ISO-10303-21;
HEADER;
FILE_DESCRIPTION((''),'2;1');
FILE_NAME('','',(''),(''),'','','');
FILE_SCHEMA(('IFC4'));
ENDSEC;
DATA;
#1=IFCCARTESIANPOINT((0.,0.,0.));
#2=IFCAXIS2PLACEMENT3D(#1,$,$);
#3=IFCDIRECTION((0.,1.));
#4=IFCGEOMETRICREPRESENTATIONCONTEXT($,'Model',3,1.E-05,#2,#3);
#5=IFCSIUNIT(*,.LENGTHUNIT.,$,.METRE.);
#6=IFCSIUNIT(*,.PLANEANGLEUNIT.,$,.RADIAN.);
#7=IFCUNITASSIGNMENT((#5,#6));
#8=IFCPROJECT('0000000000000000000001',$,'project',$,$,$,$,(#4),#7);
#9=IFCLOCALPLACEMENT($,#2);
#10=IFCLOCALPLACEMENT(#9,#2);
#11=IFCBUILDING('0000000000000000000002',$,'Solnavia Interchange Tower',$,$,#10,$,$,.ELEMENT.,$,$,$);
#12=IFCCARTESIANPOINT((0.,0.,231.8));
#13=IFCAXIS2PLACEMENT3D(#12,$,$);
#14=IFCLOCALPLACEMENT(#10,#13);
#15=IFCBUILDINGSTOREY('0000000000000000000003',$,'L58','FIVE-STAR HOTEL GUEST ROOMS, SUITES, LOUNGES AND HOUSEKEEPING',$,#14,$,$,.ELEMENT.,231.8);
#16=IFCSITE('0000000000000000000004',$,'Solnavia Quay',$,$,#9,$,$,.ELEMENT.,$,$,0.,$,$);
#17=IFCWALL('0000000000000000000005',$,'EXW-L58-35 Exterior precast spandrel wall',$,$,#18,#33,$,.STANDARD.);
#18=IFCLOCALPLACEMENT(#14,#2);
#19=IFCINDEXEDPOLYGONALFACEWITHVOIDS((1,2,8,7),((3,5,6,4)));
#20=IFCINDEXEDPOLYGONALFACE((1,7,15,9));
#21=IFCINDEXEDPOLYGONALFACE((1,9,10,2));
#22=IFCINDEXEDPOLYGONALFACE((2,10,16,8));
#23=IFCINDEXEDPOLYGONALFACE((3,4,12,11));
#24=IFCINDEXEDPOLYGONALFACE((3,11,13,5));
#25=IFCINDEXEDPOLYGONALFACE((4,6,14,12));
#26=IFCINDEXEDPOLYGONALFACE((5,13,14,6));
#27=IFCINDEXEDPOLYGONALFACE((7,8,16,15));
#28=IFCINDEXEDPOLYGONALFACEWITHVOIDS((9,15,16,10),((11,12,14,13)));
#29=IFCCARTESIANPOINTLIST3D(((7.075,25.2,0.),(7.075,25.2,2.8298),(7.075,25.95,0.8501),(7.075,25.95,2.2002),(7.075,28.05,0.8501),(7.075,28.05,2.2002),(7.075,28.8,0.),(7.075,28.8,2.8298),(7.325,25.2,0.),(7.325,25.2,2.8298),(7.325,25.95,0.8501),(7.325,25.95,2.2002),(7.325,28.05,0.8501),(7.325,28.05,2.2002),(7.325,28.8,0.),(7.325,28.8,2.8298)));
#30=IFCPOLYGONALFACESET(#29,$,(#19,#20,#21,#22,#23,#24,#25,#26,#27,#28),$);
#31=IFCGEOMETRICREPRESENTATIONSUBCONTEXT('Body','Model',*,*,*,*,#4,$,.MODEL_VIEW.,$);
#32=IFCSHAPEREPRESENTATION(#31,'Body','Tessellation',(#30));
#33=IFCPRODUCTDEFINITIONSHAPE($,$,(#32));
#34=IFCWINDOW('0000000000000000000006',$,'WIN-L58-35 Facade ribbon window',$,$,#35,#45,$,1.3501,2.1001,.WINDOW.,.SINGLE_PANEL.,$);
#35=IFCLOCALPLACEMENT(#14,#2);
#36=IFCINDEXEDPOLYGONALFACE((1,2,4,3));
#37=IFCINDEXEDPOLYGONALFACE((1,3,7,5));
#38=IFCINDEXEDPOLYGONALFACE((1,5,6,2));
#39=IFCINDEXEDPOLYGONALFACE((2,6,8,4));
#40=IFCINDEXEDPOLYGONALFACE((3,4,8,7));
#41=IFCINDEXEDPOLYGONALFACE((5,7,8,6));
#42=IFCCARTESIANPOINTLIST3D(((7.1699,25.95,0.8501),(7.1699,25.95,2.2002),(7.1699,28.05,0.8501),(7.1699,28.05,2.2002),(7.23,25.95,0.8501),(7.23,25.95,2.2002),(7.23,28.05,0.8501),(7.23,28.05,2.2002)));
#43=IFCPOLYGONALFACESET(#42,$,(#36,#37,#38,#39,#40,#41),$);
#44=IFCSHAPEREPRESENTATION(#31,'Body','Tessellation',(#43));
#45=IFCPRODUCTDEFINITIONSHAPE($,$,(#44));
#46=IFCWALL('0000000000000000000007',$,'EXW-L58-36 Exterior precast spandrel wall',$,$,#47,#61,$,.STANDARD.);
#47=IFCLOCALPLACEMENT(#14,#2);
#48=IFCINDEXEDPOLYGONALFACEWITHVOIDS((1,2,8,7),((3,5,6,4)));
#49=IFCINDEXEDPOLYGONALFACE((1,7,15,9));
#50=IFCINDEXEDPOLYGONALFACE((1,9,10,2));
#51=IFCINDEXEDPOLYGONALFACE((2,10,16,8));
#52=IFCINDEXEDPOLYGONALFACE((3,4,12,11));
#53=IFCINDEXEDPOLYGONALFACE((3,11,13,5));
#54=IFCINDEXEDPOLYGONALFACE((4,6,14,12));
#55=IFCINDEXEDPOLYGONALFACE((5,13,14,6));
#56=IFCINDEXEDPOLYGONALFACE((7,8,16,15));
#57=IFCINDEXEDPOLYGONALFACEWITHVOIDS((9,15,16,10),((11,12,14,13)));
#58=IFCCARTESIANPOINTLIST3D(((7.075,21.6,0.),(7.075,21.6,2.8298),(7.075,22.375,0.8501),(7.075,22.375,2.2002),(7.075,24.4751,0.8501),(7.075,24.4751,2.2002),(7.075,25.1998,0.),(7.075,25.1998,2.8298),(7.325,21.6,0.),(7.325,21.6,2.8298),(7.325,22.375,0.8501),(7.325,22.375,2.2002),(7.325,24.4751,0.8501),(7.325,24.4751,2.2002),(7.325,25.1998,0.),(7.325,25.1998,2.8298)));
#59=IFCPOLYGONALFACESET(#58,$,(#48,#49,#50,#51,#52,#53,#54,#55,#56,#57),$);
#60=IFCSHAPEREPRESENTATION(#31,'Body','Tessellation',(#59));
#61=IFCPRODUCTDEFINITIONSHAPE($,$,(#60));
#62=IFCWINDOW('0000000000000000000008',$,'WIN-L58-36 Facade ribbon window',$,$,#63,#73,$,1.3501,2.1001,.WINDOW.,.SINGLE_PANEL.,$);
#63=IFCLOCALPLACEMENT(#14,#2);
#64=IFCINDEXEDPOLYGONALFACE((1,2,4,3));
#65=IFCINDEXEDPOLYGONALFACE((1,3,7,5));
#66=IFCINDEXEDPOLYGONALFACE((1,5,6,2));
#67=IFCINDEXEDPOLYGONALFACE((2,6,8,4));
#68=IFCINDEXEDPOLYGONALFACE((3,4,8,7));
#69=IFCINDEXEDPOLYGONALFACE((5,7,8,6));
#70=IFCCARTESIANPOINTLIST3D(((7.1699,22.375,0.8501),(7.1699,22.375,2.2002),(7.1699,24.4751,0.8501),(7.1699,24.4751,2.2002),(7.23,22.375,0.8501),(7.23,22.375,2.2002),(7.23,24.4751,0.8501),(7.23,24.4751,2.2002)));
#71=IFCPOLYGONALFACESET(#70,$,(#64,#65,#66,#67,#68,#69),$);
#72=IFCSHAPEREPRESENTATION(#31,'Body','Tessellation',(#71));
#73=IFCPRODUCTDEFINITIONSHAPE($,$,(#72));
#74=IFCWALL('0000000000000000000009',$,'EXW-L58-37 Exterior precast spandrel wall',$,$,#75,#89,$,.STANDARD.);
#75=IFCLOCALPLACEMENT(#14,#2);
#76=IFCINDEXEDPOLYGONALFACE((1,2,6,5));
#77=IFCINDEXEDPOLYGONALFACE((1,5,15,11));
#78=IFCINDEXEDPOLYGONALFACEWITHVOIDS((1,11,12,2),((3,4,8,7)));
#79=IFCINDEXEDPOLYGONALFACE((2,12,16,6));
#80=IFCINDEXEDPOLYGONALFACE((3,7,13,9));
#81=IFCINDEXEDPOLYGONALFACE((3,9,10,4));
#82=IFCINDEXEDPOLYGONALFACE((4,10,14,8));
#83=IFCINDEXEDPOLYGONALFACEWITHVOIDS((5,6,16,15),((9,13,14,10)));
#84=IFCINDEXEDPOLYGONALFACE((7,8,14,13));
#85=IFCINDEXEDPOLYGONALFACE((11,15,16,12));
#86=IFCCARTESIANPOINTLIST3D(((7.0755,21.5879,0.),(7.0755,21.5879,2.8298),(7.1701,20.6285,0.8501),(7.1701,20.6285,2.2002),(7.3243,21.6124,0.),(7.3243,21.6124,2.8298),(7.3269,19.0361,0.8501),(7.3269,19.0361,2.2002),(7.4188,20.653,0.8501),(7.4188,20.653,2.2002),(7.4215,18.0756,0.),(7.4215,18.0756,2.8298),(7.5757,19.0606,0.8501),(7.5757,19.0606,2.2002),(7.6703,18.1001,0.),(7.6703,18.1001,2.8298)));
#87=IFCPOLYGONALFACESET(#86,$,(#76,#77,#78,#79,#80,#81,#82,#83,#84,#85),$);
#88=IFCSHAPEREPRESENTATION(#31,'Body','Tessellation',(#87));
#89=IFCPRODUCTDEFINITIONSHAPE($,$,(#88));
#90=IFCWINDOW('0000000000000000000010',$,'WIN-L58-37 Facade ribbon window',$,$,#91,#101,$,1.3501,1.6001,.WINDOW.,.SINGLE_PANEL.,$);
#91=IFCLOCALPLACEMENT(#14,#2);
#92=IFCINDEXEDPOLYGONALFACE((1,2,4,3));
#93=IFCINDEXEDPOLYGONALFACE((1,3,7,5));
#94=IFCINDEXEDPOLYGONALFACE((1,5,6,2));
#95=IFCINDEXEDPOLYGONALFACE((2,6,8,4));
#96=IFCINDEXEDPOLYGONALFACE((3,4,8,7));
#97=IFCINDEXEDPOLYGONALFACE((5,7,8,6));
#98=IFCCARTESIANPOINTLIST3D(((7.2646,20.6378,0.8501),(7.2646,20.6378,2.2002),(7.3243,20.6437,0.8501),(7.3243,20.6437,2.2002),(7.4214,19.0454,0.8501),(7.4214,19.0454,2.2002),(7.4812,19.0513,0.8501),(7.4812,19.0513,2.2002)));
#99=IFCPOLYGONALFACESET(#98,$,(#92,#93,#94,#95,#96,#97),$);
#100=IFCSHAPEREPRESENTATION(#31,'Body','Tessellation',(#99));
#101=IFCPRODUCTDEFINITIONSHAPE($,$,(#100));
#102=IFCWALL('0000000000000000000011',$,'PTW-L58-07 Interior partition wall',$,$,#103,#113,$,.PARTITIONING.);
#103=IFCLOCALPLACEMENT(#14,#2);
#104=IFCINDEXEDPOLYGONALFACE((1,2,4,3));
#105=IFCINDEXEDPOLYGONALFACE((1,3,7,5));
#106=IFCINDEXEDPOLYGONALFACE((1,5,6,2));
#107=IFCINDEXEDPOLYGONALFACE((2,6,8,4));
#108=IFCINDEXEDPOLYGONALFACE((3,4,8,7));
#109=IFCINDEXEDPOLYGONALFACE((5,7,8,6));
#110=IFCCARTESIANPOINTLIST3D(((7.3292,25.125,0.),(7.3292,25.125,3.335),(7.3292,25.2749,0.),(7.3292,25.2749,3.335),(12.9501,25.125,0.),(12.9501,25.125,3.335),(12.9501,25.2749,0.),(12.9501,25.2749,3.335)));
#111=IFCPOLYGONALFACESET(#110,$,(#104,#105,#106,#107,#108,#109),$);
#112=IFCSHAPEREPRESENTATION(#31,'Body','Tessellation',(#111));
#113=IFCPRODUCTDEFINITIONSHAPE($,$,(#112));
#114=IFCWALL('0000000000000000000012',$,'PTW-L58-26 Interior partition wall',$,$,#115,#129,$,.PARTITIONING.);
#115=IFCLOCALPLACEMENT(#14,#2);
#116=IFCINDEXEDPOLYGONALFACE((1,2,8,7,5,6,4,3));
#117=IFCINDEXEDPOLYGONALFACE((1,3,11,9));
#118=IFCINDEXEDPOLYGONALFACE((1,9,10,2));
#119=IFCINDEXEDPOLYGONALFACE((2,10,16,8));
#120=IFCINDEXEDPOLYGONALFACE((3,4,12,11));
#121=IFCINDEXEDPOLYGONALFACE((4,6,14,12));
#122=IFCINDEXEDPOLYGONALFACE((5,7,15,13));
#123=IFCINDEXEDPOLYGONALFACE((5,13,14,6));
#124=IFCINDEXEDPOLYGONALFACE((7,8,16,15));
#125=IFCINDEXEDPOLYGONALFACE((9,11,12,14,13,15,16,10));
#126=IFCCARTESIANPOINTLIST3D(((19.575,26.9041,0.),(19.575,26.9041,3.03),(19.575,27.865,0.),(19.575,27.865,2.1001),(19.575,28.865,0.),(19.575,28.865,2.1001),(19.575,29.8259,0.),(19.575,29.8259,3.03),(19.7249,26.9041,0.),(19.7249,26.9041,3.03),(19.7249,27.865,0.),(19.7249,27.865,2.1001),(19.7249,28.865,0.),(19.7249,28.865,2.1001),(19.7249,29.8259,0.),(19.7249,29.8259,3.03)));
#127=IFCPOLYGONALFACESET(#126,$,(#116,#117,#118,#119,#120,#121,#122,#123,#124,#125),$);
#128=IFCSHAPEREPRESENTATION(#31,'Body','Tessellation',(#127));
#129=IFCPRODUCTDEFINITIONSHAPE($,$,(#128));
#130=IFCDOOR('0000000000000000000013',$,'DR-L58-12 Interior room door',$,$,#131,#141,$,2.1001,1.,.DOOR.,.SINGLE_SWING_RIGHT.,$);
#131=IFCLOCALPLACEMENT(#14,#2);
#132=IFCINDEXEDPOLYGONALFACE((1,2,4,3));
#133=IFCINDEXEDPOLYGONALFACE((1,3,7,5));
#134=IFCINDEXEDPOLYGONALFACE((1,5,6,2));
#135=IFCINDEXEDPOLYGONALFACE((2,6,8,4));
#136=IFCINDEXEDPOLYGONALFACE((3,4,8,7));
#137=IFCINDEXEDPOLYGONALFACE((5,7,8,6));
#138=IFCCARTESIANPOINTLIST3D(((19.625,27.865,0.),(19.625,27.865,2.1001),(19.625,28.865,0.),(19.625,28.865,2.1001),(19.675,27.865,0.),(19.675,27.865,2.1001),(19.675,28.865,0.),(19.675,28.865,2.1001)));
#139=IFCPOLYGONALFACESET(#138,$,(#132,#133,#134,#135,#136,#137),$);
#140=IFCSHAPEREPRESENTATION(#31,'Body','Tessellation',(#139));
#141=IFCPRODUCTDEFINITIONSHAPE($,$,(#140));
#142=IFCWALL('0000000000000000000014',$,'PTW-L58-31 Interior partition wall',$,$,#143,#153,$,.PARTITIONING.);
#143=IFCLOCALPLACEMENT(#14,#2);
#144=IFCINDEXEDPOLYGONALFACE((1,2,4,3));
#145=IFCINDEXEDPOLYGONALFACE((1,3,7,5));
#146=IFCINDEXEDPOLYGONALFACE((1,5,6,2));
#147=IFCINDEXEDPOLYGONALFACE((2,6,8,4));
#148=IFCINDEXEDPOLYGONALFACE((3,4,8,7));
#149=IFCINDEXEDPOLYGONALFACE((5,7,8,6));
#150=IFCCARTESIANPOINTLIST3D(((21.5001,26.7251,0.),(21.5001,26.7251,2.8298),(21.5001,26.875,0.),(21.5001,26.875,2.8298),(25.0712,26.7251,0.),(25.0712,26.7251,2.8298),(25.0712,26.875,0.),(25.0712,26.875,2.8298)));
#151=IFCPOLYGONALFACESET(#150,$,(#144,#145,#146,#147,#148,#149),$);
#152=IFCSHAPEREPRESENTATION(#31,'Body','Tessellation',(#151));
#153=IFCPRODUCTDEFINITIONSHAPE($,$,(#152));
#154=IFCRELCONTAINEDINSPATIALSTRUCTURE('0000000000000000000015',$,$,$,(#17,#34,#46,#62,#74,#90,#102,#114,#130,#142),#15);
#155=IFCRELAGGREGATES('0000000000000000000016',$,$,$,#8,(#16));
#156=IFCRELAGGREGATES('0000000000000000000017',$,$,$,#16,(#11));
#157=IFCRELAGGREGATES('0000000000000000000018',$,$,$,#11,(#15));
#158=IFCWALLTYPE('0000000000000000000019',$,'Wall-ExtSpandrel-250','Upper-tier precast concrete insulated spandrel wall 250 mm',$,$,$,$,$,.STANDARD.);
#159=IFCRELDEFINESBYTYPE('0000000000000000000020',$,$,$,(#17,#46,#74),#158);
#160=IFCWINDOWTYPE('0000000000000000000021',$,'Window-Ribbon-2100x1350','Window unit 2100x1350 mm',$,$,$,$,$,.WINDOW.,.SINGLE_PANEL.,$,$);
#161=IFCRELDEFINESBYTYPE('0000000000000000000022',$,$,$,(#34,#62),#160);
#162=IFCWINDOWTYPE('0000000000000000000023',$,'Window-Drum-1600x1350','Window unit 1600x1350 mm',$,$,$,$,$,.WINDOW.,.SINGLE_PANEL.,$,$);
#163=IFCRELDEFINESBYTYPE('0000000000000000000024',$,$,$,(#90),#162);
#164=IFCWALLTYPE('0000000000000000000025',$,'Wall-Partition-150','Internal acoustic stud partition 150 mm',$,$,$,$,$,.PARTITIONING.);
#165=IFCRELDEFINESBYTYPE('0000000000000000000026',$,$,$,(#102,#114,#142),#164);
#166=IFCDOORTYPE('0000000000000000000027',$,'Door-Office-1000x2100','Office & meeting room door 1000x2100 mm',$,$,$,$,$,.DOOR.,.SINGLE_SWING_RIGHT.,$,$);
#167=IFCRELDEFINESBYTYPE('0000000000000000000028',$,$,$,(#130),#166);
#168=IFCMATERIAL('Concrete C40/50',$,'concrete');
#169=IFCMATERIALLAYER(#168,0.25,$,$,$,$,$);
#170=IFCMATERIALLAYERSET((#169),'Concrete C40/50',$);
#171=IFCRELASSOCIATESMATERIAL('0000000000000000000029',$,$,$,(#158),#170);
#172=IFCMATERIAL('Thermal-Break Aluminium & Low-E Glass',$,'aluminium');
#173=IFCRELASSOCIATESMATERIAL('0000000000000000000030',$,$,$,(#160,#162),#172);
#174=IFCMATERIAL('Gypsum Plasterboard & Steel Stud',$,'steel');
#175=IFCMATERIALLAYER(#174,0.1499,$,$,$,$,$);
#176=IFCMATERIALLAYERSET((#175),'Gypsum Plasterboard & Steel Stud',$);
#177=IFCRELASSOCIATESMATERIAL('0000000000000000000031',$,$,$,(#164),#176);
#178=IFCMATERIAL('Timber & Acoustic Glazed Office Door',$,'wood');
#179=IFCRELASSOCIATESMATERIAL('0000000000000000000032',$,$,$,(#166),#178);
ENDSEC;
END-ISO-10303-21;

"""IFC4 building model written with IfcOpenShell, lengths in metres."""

from ifc_helpers import new_model, si_unit, direction, frame, frame_2d, origin, place, context, subcontext, project, spatial, rectangle, extrude, material, layer, layer_set, type_object, element, fill, save


model = new_model("IFC4")

# Units and contexts
model_context = context("Model", 3, precision=1e-05, world=origin(), true_north=direction((0.0, 1.0)))
body_context = subcontext(model_context, "Body", "Model", "MODEL_VIEW")
ifc_project = project(units=[si_unit("LENGTHUNIT", "METRE"), si_unit("PLANEANGLEUNIT", "RADIAN")], contexts=[model_context])

# Site, building, storey
site_placement = place(None, origin())
site = spatial("IfcSite", under=ifc_project, at=site_placement, Name="Solnavia Quay", CompositionType="ELEMENT", RefElevation=0.0)
building_placement = place(site_placement, origin())
building = spatial("IfcBuilding", under=site, at=building_placement, Name="Solnavia Interchange Tower", CompositionType="ELEMENT")
storey_placement = place(building_placement, frame((0.0, 0.0, 231.8)))
storey = spatial("IfcBuildingStorey", under=building, at=storey_placement, Name="L58", Description="FIVE-STAR HOTEL GUEST ROOMS, SUITES, LOUNGES AND HOUSEKEEPING", CompositionType="ELEMENT", Elevation=231.8)

# Walls, openings, windows
ifc_material_1 = material(Name="Concrete C40/50", Category="concrete")
ifc_layer_1 = layer(ifc_material_1, 0.25)
ifc_layer_set_1 = layer_set([ifc_layer_1], Name="Concrete C40/50")
wall_type_1 = type_object("IfcWallType", Name="Wall-ExtSpandrel-250", Description="Upper-tier precast concrete insulated spandrel wall 250 mm", PredefinedType="STANDARD", material=ifc_layer_set_1)
wall_1_placement = place(storey_placement, frame((7.2, 25.2, 0.0), z_axis=(0.0, 0.0, 1.0), x_axis=(0.0, 1.0, 0.0)))
wall_1 = element("IfcWall", 1, at=wall_1_placement, inside=storey, type_object=wall_type_1, Name="EXW-L58-35 Exterior precast spandrel wall", PredefinedType="STANDARD", context=body_context, shape_type="SweptSolid", body=[
    extrude(rectangle(XDim=3.6001, YDim=0.25, at=frame_2d((1.8, 0.0))), origin(), (0.0, 0.0, 1.0), 2.8298),
])
opening_1_placement = place(wall_1_placement, frame((0.75, 0.0, 0.8501)))
opening_1 = element("IfcOpeningElement", 2, at=opening_1_placement, cuts=wall_1, PredefinedType="OPENING", context=body_context, shape_type="SweptSolid", body=[
    extrude(rectangle(XDim=2.1001, YDim=1.3501, at=frame_2d((1.05, 0.675))), frame((0.0, 0.135, 0.0), z_axis=(0.0, -1.0, 0.0), x_axis=(1.0, 0.0, 0.0)), (0.0, 0.0, 1.0), 0.27),
])
ifc_material_2 = material(Name="Thermal-Break Aluminium & Low-E Glass", Category="aluminium")
window_type_1 = type_object("IfcWindowType", Name="Window-Ribbon-2100x1350", Description="Window unit 2100x1350 mm", PartitioningType="SINGLE_PANEL", PredefinedType="WINDOW", material=ifc_material_2)
window_1_placement = place(opening_1_placement, origin())
window_1 = element("IfcWindow", 3, at=window_1_placement, inside=storey, type_object=window_type_1, Name="WIN-L58-35 Facade ribbon window", OverallHeight=1.3501, OverallWidth=2.1001, PartitioningType="SINGLE_PANEL", PredefinedType="WINDOW", context=body_context, shape_type="SweptSolid", body=[
    extrude(rectangle(XDim=2.1001, YDim=1.3501, at=frame_2d((1.05, 0.675))), frame((0.0, 0.03, 0.0), z_axis=(0.0, -1.0, 0.0), x_axis=(1.0, 0.0, 0.0)), (0.0, 0.0, 1.0), 0.0601),
])
fill(opening_1, window_1)
wall_2_placement = place(storey_placement, frame((7.2, 21.6001, 0.0), z_axis=(0.0, 0.0, 1.0), x_axis=(0.0, 1.0, 0.0)))
wall_2 = element("IfcWall", 4, at=wall_2_placement, inside=storey, type_object=wall_type_1, Name="EXW-L58-36 Exterior precast spandrel wall", PredefinedType="STANDARD", context=body_context, shape_type="SweptSolid", body=[
    extrude(rectangle(XDim=3.5999, YDim=0.25, at=frame_2d((1.7998, 0.0))), origin(), (0.0, 0.0, 1.0), 2.8298),
])
opening_2_placement = place(wall_2_placement, frame((0.7749, 0.0, 0.8501)))
opening_2 = element("IfcOpeningElement", 5, at=opening_2_placement, cuts=wall_2, PredefinedType="OPENING", context=body_context, shape_type="SweptSolid", body=[
    extrude(rectangle(XDim=2.1001, YDim=1.3501, at=frame_2d((1.05, 0.675))), frame((0.0, 0.135, 0.0), z_axis=(0.0, -1.0, 0.0), x_axis=(1.0, 0.0, 0.0)), (0.0, 0.0, 1.0), 0.27),
])
window_2_placement = place(opening_2_placement, origin())
window_2 = element("IfcWindow", 6, at=window_2_placement, inside=storey, type_object=window_type_1, Name="WIN-L58-36 Facade ribbon window", OverallHeight=1.3501, OverallWidth=2.1001, PartitioningType="SINGLE_PANEL", PredefinedType="WINDOW", context=body_context, shape_type="SweptSolid", body=[
    extrude(rectangle(XDim=2.1001, YDim=1.3501, at=frame_2d((1.05, 0.675))), frame((0.0, 0.03, 0.0), z_axis=(0.0, -1.0, 0.0), x_axis=(1.0, 0.0, 0.0)), (0.0, 0.0, 1.0), 0.0601),
])
fill(opening_2, window_2)
wall_3_placement = place(storey_placement, frame((7.5459, 18.0879, 0.0), z_axis=(0.0, 0.0, 1.0), x_axis=(-0.098024, 0.995184, 0.0)))
wall_3 = element("IfcWall", 7, at=wall_3_placement, inside=storey, type_object=wall_type_1, Name="EXW-L58-37 Exterior precast spandrel wall", PredefinedType="STANDARD", context=body_context, shape_type="SweptSolid", body=[
    extrude(rectangle(XDim=3.5293, YDim=0.25, at=frame_2d((1.7646, 0.0))), origin(), (0.0, 0.0, 1.0), 2.8298),
])
opening_3_placement = place(wall_3_placement, frame((0.9651, 0.0, 0.8501)))
opening_3 = element("IfcOpeningElement", 8, at=opening_3_placement, cuts=wall_3, PredefinedType="OPENING", context=body_context, shape_type="SweptSolid", body=[
    extrude(rectangle(XDim=1.6001, YDim=1.3501, at=frame_2d((0.8, 0.675))), frame((0.0, 0.135, 0.0), z_axis=(0.0, -1.0, 0.0), x_axis=(1.0, 0.0, 0.0)), (0.0, 0.0, 1.0), 0.27),
])
window_type_2 = type_object("IfcWindowType", Name="Window-Drum-1600x1350", Description="Window unit 1600x1350 mm", PartitioningType="SINGLE_PANEL", PredefinedType="WINDOW", material=ifc_material_2)
window_3_placement = place(opening_3_placement, origin())
window_3 = element("IfcWindow", 9, at=window_3_placement, inside=storey, type_object=window_type_2, Name="WIN-L58-37 Facade ribbon window", OverallHeight=1.3501, OverallWidth=1.6001, PartitioningType="SINGLE_PANEL", PredefinedType="WINDOW", context=body_context, shape_type="SweptSolid", body=[
    extrude(rectangle(XDim=1.6001, YDim=1.3501, at=frame_2d((0.8, 0.675))), frame((0.0, 0.03, 0.0), z_axis=(0.0, -1.0, 0.0), x_axis=(1.0, 0.0, 0.0)), (0.0, 0.0, 1.0), 0.0601),
])
fill(opening_3, window_3)

# Wall
ifc_material_3 = material(Name="Gypsum Plasterboard & Steel Stud", Category="steel")
ifc_layer_2 = layer(ifc_material_3, 0.1499)
ifc_layer_set_2 = layer_set([ifc_layer_2], Name="Gypsum Plasterboard & Steel Stud")
wall_type_2 = type_object("IfcWallType", Name="Wall-Partition-150", Description="Internal acoustic stud partition 150 mm", PredefinedType="PARTITIONING", material=ifc_layer_set_2)
wall_4_placement = place(storey_placement, frame((7.3291, 25.2, 0.0), z_axis=(0.0, 0.0, 1.0), x_axis=(1.0, 0.0, 0.0)))
element("IfcWall", 10, at=wall_4_placement, inside=storey, type_object=wall_type_2, Name="PTW-L58-07 Interior partition wall", PredefinedType="PARTITIONING", context=body_context, shape_type="SweptSolid", body=[
    extrude(rectangle(XDim=5.6208, YDim=0.1499, at=frame_2d((2.8105, 0.0))), origin(), (0.0, 0.0, 1.0), 3.335),
])

# Wall, opening, door
wall_5_placement = place(storey_placement, frame((19.6499, 26.9041, 0.0), z_axis=(0.0, 0.0, 1.0), x_axis=(0.0, 1.0, 0.0)))
wall_5 = element("IfcWall", 11, at=wall_5_placement, inside=storey, type_object=wall_type_2, Name="PTW-L58-26 Interior partition wall", PredefinedType="PARTITIONING", context=body_context, shape_type="SweptSolid", body=[
    extrude(rectangle(XDim=2.9219, YDim=0.1499, at=frame_2d((1.4609, 0.0))), origin(), (0.0, 0.0, 1.0), 3.03),
])
opening_4_placement = place(wall_5_placement, frame((0.9609, 0.0, 0.0)))
opening_4 = element("IfcOpeningElement", 12, at=opening_4_placement, cuts=wall_5, PredefinedType="OPENING", context=body_context, shape_type="SweptSolid", body=[
    extrude(rectangle(XDim=1.0, YDim=2.1001, at=frame_2d((0.5, 1.05))), frame((0.0, 0.085, 0.0), z_axis=(0.0, -1.0, 0.0), x_axis=(1.0, 0.0, 0.0)), (0.0, 0.0, 1.0), 0.1699),
])
ifc_material_4 = material(Name="Timber & Acoustic Glazed Office Door", Category="wood")
door_type = type_object("IfcDoorType", Name="Door-Office-1000x2100", Description="Office & meeting room door 1000x2100 mm", OperationType="SINGLE_SWING_RIGHT", PredefinedType="DOOR", material=ifc_material_4)
door_1_placement = place(opening_4_placement, origin())
door_1 = element("IfcDoor", 13, at=door_1_placement, inside=storey, type_object=door_type, Name="DR-L58-12 Interior room door", OperationType="SINGLE_SWING_RIGHT", OverallHeight=2.1001, OverallWidth=1.0, PredefinedType="DOOR", context=body_context, shape_type="SweptSolid", body=[
    extrude(rectangle(XDim=1.0, YDim=2.1001, at=frame_2d((0.5, 1.05))), frame((0.0, 0.0249, 0.0), z_axis=(0.0, -1.0, 0.0), x_axis=(1.0, 0.0, 0.0)), (0.0, 0.0, 1.0), 0.05),
])
fill(opening_4, door_1)

# Wall
wall_6_placement = place(storey_placement, frame((21.5, 26.8, 0.0), z_axis=(0.0, 0.0, 1.0), x_axis=(1.0, 0.0, 0.0)))
element("IfcWall", 14, at=wall_6_placement, inside=storey, type_object=wall_type_2, Name="PTW-L58-31 Interior partition wall", PredefinedType="PARTITIONING", context=body_context, shape_type="SweptSolid", body=[
    extrude(rectangle(XDim=3.571, YDim=0.1499, at=frame_2d((1.7856, 0.0))), origin(), (0.0, 0.0, 1.0), 2.8298),
])

save(model, "model.ifc")
